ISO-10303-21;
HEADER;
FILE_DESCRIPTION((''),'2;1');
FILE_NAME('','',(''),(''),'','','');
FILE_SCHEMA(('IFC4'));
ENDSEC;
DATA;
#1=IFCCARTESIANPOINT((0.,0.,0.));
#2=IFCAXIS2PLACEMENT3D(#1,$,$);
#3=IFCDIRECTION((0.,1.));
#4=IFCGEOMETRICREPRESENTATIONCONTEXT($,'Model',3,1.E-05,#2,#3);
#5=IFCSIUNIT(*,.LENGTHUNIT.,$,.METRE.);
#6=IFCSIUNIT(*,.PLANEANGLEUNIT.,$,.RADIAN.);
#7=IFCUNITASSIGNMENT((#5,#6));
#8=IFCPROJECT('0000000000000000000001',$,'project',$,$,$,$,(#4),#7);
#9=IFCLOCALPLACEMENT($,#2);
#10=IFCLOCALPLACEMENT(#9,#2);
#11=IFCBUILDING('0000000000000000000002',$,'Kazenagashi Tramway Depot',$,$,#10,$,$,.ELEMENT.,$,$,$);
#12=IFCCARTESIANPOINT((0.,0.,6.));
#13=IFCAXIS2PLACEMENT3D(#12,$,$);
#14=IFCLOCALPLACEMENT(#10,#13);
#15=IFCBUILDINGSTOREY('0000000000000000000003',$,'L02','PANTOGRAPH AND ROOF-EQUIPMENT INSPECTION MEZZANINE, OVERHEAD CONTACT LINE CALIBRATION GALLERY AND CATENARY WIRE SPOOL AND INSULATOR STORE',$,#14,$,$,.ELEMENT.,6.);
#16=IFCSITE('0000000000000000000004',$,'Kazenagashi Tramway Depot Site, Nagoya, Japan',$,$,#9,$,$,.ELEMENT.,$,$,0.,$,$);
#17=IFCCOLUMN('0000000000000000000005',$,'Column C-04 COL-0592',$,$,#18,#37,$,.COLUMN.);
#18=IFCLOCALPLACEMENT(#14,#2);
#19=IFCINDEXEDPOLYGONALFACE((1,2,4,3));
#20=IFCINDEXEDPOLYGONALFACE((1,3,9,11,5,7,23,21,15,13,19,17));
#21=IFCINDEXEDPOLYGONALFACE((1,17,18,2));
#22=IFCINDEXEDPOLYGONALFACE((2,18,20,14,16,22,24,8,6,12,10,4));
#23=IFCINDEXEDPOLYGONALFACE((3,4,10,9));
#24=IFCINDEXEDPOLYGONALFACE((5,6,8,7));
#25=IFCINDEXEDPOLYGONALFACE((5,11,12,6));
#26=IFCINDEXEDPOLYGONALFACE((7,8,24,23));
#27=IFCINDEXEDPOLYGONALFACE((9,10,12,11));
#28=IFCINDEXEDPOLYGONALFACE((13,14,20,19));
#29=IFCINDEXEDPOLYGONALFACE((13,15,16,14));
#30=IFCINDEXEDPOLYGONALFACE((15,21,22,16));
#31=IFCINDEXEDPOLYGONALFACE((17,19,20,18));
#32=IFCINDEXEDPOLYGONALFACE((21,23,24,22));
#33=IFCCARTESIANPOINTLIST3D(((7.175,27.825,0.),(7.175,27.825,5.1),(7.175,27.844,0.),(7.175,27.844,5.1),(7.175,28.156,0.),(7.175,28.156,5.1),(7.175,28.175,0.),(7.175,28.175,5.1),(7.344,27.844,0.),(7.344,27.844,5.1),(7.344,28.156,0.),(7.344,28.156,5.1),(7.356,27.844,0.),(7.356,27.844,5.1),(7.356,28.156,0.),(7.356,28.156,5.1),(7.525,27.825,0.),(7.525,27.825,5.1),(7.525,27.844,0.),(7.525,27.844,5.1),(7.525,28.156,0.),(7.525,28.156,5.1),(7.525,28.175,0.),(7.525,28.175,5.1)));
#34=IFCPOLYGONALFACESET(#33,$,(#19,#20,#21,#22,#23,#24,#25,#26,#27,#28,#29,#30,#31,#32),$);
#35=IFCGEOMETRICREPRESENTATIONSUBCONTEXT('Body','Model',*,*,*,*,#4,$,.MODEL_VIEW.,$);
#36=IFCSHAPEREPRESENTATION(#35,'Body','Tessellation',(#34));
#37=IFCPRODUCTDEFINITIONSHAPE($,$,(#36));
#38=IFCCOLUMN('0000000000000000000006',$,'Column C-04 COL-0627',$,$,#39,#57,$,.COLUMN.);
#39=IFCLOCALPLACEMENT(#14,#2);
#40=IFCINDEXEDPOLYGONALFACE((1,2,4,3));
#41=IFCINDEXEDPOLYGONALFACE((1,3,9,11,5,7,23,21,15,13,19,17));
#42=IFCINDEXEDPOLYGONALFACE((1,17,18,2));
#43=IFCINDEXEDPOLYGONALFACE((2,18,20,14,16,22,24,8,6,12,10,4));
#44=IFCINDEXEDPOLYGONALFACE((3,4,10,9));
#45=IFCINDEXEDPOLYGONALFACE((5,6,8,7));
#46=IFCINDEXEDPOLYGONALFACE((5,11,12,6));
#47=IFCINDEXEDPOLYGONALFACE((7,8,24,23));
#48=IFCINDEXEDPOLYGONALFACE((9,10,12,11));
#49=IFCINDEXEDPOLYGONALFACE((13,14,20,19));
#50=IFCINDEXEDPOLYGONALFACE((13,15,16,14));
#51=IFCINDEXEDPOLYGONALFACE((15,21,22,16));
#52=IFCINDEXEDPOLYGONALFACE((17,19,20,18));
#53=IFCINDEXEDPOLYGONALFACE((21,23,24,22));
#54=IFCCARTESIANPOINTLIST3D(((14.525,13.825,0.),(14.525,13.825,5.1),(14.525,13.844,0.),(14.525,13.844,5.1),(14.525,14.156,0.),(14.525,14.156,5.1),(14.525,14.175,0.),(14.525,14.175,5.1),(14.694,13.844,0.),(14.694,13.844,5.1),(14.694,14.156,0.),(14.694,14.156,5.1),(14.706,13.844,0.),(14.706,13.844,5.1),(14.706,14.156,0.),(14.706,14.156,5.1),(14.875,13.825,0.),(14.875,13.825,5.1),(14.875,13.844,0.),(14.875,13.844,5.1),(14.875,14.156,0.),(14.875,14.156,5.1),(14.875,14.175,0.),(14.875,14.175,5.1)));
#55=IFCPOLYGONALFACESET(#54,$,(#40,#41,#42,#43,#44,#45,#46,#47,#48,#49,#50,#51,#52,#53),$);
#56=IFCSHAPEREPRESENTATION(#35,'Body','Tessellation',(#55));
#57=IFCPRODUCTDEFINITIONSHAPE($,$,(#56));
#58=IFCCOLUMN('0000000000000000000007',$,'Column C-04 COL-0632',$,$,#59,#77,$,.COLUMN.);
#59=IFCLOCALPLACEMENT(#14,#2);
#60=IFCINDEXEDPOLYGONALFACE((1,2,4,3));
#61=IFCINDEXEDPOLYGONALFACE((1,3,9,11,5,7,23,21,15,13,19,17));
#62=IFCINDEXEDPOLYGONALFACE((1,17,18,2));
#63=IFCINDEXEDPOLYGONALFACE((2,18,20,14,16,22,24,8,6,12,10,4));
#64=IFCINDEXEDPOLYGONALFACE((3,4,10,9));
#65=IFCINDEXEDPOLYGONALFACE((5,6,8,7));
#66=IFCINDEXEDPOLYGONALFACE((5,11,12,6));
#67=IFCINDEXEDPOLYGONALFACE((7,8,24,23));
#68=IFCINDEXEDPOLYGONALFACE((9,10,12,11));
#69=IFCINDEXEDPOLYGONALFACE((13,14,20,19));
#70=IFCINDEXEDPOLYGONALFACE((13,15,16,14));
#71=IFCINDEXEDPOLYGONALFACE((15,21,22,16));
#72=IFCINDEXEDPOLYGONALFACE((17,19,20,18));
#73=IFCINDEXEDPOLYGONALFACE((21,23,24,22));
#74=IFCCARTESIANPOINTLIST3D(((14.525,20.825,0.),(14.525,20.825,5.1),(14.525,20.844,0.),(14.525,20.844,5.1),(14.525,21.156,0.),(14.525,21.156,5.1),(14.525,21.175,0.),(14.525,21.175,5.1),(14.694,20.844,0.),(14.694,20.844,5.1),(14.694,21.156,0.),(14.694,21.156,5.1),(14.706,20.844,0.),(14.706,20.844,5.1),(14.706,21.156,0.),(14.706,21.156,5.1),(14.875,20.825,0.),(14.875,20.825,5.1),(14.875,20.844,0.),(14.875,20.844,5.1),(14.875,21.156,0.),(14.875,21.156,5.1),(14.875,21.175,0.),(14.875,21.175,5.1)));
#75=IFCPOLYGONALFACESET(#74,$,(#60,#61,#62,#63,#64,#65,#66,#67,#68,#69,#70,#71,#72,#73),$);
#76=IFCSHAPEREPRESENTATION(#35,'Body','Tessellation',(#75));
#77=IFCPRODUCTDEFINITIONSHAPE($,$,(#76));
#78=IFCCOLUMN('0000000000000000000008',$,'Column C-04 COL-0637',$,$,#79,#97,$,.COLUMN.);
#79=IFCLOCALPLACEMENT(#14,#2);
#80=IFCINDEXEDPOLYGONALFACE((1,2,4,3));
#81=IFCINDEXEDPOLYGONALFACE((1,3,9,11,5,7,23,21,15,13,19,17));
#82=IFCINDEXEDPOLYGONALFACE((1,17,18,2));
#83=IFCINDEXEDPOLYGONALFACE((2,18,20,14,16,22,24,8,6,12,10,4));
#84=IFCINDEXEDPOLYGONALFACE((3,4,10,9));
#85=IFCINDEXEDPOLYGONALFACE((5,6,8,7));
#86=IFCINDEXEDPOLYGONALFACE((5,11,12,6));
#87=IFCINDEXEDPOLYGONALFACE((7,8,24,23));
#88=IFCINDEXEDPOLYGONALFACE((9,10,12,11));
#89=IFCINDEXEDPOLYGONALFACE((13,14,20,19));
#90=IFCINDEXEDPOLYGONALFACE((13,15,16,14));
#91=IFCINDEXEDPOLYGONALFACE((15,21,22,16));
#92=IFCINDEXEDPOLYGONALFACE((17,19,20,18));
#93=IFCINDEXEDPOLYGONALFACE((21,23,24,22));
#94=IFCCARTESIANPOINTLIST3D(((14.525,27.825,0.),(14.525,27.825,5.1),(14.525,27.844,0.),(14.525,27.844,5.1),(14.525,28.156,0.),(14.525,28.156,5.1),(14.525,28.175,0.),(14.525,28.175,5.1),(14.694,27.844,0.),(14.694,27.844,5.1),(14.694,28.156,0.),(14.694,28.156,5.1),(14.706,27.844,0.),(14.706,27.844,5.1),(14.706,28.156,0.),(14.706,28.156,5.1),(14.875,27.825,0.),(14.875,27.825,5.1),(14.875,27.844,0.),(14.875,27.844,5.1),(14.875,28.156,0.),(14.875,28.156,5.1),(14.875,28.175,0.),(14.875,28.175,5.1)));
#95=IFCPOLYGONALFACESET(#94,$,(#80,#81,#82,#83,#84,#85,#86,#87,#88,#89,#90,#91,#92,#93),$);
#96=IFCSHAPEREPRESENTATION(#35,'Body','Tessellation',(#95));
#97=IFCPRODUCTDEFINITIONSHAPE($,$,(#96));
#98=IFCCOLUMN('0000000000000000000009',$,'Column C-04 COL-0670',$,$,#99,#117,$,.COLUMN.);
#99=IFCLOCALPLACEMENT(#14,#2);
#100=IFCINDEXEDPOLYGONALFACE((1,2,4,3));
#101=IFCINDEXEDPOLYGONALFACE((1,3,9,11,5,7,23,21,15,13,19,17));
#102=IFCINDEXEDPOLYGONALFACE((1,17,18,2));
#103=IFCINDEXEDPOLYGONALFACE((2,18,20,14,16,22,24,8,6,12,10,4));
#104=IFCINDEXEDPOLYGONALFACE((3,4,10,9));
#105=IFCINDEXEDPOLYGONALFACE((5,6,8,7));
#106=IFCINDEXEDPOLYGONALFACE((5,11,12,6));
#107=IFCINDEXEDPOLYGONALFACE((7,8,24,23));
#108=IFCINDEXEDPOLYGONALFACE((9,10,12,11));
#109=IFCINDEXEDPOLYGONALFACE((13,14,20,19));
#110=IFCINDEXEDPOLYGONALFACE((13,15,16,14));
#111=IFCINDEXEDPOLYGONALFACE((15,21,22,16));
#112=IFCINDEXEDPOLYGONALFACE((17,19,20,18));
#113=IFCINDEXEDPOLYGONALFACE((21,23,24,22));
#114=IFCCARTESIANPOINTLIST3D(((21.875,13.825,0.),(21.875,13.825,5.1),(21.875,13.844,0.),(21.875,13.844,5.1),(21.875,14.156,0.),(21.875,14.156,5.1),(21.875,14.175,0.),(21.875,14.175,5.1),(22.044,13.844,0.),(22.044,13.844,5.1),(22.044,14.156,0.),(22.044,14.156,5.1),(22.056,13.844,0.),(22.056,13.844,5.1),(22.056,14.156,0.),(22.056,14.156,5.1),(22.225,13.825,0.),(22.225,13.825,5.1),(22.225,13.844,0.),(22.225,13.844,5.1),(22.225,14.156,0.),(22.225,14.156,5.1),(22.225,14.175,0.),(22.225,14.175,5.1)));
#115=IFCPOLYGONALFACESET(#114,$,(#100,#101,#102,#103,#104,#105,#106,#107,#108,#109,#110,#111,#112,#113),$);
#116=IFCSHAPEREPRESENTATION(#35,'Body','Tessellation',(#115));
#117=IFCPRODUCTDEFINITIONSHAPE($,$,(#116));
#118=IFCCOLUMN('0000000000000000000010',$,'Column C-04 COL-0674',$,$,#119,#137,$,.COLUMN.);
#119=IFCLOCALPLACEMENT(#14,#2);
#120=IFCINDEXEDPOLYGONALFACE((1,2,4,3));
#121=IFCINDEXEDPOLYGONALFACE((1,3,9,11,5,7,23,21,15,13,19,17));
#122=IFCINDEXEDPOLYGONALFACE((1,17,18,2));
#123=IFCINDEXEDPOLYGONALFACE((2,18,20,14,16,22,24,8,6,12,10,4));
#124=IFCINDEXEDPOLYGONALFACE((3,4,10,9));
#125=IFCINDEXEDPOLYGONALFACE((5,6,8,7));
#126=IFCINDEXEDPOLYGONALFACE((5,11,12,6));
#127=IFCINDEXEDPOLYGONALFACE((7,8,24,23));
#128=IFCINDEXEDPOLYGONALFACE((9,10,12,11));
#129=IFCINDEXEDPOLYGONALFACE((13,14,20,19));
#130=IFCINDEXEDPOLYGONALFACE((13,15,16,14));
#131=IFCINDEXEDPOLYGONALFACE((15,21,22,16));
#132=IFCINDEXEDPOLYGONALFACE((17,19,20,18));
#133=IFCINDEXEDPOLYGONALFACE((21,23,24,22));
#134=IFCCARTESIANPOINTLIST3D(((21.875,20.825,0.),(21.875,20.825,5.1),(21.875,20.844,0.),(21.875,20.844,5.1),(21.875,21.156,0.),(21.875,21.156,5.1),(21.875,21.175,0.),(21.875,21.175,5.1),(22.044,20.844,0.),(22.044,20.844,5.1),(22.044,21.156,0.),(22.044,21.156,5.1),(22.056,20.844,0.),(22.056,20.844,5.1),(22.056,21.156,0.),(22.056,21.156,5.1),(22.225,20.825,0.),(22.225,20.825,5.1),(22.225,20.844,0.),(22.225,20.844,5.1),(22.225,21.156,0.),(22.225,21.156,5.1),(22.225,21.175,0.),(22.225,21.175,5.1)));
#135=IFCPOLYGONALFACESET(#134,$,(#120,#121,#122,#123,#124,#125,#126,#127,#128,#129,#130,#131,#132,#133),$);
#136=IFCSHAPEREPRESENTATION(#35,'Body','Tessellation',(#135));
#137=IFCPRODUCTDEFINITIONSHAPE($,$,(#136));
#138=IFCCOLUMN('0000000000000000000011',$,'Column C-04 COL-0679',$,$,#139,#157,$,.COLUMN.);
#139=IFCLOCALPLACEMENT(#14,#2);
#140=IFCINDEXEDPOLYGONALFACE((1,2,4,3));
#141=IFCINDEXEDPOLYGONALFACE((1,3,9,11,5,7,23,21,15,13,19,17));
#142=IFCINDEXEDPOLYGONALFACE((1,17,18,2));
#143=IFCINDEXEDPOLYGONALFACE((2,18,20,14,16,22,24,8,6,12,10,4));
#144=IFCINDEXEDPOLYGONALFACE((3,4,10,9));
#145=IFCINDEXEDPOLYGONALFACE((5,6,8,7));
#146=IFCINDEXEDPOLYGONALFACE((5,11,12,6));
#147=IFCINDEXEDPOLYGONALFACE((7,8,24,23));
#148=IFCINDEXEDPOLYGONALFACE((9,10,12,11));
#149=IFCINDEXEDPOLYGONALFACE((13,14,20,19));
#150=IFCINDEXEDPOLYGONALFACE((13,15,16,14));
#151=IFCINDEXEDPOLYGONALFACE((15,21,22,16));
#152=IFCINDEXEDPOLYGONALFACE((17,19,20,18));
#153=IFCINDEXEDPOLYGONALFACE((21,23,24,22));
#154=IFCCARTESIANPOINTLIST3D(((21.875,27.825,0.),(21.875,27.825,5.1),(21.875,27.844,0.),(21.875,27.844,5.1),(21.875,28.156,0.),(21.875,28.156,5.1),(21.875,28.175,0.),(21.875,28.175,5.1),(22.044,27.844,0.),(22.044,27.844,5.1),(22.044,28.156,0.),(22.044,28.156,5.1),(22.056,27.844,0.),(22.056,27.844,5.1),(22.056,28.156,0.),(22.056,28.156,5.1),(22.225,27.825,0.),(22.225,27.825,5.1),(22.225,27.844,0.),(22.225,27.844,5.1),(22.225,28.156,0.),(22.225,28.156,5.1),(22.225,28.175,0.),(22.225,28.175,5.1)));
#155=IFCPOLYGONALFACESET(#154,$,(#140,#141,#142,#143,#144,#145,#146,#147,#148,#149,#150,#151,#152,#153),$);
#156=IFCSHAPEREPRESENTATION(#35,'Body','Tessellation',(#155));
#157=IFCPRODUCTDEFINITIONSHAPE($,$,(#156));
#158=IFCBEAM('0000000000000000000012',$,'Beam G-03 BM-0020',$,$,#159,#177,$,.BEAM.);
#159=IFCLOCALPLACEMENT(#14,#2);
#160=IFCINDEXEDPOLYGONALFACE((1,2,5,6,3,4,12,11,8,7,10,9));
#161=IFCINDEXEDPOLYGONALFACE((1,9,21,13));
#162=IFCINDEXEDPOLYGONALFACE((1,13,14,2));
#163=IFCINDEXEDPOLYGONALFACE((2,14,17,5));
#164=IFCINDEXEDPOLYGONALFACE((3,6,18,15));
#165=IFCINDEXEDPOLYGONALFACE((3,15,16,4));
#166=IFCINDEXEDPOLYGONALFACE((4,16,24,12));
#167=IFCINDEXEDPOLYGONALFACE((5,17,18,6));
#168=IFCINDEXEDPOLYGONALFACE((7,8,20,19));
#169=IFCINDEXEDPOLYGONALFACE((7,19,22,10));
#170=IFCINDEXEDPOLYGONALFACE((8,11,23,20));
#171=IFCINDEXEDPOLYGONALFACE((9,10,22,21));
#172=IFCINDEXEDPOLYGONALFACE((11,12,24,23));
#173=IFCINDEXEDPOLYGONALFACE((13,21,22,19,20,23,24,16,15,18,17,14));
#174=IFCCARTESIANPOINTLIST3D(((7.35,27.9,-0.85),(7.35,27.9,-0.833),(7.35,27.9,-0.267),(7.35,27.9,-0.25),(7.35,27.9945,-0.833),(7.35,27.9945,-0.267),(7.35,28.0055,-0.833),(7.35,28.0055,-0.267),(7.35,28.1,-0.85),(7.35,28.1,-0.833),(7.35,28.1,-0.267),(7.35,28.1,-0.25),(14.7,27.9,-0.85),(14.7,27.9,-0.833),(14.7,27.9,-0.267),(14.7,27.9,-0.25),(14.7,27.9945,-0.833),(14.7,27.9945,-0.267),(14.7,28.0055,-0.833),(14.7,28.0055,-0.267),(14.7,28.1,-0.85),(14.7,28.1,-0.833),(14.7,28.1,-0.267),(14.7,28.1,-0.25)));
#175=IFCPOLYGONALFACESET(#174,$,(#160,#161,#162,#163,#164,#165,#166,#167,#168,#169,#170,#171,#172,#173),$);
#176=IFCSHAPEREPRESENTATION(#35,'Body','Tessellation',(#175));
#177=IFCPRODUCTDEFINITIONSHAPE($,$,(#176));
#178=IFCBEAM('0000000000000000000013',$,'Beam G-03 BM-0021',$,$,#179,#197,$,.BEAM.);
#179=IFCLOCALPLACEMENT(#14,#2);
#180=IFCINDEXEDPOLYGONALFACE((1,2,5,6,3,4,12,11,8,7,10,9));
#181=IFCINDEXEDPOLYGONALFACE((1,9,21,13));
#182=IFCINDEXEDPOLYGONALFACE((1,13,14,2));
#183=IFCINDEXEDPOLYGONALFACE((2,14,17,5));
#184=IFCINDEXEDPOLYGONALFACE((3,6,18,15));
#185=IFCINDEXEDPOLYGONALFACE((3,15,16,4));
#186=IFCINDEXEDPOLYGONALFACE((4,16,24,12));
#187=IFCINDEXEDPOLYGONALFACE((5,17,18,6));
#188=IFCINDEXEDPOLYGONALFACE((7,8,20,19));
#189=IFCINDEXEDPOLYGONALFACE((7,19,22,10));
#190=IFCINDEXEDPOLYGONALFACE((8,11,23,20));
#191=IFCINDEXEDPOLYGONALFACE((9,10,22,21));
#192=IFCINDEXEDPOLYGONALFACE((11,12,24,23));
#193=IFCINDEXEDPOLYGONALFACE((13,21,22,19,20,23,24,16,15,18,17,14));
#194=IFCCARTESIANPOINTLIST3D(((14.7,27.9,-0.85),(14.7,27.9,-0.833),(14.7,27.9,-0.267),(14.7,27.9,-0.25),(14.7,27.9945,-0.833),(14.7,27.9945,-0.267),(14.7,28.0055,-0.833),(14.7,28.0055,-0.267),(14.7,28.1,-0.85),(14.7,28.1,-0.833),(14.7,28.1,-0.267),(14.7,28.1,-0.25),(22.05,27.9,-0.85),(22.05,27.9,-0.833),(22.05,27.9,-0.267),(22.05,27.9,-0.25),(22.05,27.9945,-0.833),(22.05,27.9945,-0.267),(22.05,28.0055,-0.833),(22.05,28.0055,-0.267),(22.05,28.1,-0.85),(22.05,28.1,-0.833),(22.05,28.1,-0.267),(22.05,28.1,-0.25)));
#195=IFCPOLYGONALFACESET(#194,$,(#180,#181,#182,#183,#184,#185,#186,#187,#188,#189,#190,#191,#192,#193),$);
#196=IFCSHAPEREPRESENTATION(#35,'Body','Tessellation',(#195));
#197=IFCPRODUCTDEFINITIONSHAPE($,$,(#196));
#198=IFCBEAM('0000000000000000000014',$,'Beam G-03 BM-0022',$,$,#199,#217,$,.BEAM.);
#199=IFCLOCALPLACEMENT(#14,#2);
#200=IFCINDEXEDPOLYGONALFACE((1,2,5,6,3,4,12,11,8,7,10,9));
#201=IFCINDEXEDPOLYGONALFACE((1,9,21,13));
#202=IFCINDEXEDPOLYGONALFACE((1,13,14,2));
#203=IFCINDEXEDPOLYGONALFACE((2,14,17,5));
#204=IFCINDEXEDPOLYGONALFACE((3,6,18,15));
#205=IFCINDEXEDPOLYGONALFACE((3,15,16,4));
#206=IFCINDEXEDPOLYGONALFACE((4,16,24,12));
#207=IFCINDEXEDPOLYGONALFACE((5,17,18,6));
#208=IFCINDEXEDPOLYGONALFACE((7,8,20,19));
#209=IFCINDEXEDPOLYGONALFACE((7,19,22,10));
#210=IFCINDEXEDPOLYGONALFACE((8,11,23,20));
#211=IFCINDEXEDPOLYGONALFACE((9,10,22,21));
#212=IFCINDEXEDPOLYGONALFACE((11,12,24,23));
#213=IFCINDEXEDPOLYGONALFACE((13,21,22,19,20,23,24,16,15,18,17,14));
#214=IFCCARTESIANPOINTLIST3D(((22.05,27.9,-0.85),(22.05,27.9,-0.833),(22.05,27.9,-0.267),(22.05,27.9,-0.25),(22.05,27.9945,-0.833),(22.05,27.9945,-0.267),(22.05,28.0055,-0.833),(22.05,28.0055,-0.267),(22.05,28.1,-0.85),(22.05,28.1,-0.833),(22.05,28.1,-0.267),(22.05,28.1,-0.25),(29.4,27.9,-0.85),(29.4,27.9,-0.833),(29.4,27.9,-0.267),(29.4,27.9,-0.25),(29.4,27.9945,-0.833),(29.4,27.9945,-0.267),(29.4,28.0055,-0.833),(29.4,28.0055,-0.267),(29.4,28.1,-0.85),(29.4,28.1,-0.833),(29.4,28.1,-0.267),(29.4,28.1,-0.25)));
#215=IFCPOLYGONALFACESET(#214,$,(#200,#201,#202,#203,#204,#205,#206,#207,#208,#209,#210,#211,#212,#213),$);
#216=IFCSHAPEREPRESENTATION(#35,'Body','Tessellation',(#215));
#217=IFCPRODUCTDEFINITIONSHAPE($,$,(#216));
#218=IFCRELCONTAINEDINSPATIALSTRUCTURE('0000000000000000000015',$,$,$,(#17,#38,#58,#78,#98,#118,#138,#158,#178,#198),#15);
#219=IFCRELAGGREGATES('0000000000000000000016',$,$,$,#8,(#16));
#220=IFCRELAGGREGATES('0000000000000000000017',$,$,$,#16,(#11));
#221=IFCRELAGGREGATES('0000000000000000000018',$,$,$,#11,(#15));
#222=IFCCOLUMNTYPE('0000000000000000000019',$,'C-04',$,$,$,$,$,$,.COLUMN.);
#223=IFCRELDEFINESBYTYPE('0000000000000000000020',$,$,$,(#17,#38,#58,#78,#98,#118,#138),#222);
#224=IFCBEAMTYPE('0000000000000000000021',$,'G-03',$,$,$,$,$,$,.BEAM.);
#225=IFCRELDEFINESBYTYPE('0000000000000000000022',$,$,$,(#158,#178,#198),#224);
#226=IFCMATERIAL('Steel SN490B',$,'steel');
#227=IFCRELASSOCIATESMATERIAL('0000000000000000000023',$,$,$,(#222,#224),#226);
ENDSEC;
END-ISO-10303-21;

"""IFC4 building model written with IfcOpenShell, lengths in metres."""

from ifc_helpers import new_model, si_unit, direction, frame, origin, origin_2d, place, context, subcontext, project, spatial, i_section, extrude, material, material_profile, profile_set, type_object, element, save


model = new_model("IFC4")

# Units and contexts
model_context = context("Model", 3, precision=1e-05, world=origin(), true_north=direction((0.0, 1.0)))
body_context = subcontext(model_context, "Body", "Model", "MODEL_VIEW")
ifc_project = project(units=[si_unit("LENGTHUNIT", "METRE"), si_unit("PLANEANGLEUNIT", "RADIAN")], contexts=[model_context])

# Site, building, storey
site_placement = place(None, origin())
site = spatial("IfcSite", under=ifc_project, at=site_placement, Name="Kazenagashi Tramway Depot Site, Nagoya, Japan", CompositionType="ELEMENT", RefElevation=0.0)
building_placement = place(site_placement, origin())
building = spatial("IfcBuilding", under=site, at=building_placement, Name="Kazenagashi Tramway Depot", CompositionType="ELEMENT")
storey_placement = place(building_placement, frame((0.0, 0.0, 6.0)))
storey = spatial("IfcBuildingStorey", under=building, at=storey_placement, Name="L02", Description="PANTOGRAPH AND ROOF-EQUIPMENT INSPECTION MEZZANINE, OVERHEAD CONTACT LINE CALIBRATION GALLERY AND CATENARY WIRE SPOOL AND INSULATOR STORE", CompositionType="ELEMENT", Elevation=6.0)

# Columns
ifc_material_1 = material(Name="Steel SN490B", Category="steel")
ifc_material_profile_1 = material_profile(ifc_material_1, i_section(OverallWidth=0.35, OverallDepth=0.35, WebThickness=0.012, FlangeThickness=0.019, at=origin_2d()), Name="H-350x350x12x19")
ifc_profile_set_1 = profile_set([ifc_material_profile_1], Name="Steel SN490B")
column_type = type_object("IfcColumnType", Name="C-04", PredefinedType="COLUMN", material=ifc_profile_set_1)
for number, where, z_axis, x_axis, name in (
    (1, (7.35, 28.0, 0.0), (0.0, 0.0, 1.0), (1.0, 0.0, 0.0), "Column C-04 COL-0592"),
    (2, (14.7, 14.0, 0.0), (0.0, 0.0, 1.0), (1.0, 0.0, 0.0), "Column C-04 COL-0627"),
    (3, (14.7, 21.0, 0.0), (0.0, 0.0, 1.0), (1.0, 0.0, 0.0), "Column C-04 COL-0632"),
    (4, (14.7, 28.0, 0.0), (0.0, 0.0, 1.0), (1.0, 0.0, 0.0), "Column C-04 COL-0637"),
    (5, (22.05, 14.0, 0.0), (0.0, 0.0, 1.0), (1.0, 0.0, 0.0), "Column C-04 COL-0670"),
    (6, (22.05, 21.0, 0.0), (0.0, 0.0, 1.0), (1.0, 0.0, 0.0), "Column C-04 COL-0674"),
    (7, (22.05, 28.0, 0.0), (0.0, 0.0, 1.0), (1.0, 0.0, 0.0), "Column C-04 COL-0679"),
):
    element("IfcColumn", number, at=place(storey_placement, frame(where, z_axis=z_axis, x_axis=x_axis)), inside=storey, type_object=column_type, Name=name, PredefinedType="COLUMN", context=body_context, shape_type="SweptSolid", body=[
        extrude(i_section(OverallWidth=0.35, OverallDepth=0.35, WebThickness=0.012, FlangeThickness=0.019, at=origin_2d()), origin(), (0.0, 0.0, 1.0), 5.1),
    ])

# Beams
ifc_material_profile_2 = material_profile(ifc_material_1, i_section(OverallWidth=0.2, OverallDepth=0.6, WebThickness=0.011, FlangeThickness=0.017, at=origin_2d()), Name="H-600x200x11x17")
ifc_profile_set_2 = profile_set([ifc_material_profile_2], Name="Steel SN490B")
beam_type_1 = type_object("IfcBeamType", Name="G-03", PredefinedType="BEAM", material=ifc_profile_set_2)
for number, where, z_axis, x_axis, name in (
    (8, (7.35, 28.0, -0.55), (1.0, 0.0, 0.0), (0.0, 1.0, 0.0), "Beam G-03 BM-0020"),
    (9, (14.7, 28.0, -0.55), (1.0, 0.0, 0.0), (0.0, 1.0, 0.0), "Beam G-03 BM-0021"),
    (10, (22.05, 28.0, -0.55), (1.0, 0.0, 0.0), (0.0, 1.0, 0.0), "Beam G-03 BM-0022"),
):
    element("IfcBeam", number, at=place(storey_placement, frame(where, z_axis=z_axis, x_axis=x_axis)), inside=storey, type_object=beam_type_1, Name=name, PredefinedType="BEAM", context=body_context, shape_type="SweptSolid", body=[
        extrude(i_section(OverallWidth=0.2, OverallDepth=0.6, WebThickness=0.011, FlangeThickness=0.017, at=origin_2d()), origin(), (0.0, 0.0, 1.0), 7.35),
    ])

save(model, "model.ifc")
